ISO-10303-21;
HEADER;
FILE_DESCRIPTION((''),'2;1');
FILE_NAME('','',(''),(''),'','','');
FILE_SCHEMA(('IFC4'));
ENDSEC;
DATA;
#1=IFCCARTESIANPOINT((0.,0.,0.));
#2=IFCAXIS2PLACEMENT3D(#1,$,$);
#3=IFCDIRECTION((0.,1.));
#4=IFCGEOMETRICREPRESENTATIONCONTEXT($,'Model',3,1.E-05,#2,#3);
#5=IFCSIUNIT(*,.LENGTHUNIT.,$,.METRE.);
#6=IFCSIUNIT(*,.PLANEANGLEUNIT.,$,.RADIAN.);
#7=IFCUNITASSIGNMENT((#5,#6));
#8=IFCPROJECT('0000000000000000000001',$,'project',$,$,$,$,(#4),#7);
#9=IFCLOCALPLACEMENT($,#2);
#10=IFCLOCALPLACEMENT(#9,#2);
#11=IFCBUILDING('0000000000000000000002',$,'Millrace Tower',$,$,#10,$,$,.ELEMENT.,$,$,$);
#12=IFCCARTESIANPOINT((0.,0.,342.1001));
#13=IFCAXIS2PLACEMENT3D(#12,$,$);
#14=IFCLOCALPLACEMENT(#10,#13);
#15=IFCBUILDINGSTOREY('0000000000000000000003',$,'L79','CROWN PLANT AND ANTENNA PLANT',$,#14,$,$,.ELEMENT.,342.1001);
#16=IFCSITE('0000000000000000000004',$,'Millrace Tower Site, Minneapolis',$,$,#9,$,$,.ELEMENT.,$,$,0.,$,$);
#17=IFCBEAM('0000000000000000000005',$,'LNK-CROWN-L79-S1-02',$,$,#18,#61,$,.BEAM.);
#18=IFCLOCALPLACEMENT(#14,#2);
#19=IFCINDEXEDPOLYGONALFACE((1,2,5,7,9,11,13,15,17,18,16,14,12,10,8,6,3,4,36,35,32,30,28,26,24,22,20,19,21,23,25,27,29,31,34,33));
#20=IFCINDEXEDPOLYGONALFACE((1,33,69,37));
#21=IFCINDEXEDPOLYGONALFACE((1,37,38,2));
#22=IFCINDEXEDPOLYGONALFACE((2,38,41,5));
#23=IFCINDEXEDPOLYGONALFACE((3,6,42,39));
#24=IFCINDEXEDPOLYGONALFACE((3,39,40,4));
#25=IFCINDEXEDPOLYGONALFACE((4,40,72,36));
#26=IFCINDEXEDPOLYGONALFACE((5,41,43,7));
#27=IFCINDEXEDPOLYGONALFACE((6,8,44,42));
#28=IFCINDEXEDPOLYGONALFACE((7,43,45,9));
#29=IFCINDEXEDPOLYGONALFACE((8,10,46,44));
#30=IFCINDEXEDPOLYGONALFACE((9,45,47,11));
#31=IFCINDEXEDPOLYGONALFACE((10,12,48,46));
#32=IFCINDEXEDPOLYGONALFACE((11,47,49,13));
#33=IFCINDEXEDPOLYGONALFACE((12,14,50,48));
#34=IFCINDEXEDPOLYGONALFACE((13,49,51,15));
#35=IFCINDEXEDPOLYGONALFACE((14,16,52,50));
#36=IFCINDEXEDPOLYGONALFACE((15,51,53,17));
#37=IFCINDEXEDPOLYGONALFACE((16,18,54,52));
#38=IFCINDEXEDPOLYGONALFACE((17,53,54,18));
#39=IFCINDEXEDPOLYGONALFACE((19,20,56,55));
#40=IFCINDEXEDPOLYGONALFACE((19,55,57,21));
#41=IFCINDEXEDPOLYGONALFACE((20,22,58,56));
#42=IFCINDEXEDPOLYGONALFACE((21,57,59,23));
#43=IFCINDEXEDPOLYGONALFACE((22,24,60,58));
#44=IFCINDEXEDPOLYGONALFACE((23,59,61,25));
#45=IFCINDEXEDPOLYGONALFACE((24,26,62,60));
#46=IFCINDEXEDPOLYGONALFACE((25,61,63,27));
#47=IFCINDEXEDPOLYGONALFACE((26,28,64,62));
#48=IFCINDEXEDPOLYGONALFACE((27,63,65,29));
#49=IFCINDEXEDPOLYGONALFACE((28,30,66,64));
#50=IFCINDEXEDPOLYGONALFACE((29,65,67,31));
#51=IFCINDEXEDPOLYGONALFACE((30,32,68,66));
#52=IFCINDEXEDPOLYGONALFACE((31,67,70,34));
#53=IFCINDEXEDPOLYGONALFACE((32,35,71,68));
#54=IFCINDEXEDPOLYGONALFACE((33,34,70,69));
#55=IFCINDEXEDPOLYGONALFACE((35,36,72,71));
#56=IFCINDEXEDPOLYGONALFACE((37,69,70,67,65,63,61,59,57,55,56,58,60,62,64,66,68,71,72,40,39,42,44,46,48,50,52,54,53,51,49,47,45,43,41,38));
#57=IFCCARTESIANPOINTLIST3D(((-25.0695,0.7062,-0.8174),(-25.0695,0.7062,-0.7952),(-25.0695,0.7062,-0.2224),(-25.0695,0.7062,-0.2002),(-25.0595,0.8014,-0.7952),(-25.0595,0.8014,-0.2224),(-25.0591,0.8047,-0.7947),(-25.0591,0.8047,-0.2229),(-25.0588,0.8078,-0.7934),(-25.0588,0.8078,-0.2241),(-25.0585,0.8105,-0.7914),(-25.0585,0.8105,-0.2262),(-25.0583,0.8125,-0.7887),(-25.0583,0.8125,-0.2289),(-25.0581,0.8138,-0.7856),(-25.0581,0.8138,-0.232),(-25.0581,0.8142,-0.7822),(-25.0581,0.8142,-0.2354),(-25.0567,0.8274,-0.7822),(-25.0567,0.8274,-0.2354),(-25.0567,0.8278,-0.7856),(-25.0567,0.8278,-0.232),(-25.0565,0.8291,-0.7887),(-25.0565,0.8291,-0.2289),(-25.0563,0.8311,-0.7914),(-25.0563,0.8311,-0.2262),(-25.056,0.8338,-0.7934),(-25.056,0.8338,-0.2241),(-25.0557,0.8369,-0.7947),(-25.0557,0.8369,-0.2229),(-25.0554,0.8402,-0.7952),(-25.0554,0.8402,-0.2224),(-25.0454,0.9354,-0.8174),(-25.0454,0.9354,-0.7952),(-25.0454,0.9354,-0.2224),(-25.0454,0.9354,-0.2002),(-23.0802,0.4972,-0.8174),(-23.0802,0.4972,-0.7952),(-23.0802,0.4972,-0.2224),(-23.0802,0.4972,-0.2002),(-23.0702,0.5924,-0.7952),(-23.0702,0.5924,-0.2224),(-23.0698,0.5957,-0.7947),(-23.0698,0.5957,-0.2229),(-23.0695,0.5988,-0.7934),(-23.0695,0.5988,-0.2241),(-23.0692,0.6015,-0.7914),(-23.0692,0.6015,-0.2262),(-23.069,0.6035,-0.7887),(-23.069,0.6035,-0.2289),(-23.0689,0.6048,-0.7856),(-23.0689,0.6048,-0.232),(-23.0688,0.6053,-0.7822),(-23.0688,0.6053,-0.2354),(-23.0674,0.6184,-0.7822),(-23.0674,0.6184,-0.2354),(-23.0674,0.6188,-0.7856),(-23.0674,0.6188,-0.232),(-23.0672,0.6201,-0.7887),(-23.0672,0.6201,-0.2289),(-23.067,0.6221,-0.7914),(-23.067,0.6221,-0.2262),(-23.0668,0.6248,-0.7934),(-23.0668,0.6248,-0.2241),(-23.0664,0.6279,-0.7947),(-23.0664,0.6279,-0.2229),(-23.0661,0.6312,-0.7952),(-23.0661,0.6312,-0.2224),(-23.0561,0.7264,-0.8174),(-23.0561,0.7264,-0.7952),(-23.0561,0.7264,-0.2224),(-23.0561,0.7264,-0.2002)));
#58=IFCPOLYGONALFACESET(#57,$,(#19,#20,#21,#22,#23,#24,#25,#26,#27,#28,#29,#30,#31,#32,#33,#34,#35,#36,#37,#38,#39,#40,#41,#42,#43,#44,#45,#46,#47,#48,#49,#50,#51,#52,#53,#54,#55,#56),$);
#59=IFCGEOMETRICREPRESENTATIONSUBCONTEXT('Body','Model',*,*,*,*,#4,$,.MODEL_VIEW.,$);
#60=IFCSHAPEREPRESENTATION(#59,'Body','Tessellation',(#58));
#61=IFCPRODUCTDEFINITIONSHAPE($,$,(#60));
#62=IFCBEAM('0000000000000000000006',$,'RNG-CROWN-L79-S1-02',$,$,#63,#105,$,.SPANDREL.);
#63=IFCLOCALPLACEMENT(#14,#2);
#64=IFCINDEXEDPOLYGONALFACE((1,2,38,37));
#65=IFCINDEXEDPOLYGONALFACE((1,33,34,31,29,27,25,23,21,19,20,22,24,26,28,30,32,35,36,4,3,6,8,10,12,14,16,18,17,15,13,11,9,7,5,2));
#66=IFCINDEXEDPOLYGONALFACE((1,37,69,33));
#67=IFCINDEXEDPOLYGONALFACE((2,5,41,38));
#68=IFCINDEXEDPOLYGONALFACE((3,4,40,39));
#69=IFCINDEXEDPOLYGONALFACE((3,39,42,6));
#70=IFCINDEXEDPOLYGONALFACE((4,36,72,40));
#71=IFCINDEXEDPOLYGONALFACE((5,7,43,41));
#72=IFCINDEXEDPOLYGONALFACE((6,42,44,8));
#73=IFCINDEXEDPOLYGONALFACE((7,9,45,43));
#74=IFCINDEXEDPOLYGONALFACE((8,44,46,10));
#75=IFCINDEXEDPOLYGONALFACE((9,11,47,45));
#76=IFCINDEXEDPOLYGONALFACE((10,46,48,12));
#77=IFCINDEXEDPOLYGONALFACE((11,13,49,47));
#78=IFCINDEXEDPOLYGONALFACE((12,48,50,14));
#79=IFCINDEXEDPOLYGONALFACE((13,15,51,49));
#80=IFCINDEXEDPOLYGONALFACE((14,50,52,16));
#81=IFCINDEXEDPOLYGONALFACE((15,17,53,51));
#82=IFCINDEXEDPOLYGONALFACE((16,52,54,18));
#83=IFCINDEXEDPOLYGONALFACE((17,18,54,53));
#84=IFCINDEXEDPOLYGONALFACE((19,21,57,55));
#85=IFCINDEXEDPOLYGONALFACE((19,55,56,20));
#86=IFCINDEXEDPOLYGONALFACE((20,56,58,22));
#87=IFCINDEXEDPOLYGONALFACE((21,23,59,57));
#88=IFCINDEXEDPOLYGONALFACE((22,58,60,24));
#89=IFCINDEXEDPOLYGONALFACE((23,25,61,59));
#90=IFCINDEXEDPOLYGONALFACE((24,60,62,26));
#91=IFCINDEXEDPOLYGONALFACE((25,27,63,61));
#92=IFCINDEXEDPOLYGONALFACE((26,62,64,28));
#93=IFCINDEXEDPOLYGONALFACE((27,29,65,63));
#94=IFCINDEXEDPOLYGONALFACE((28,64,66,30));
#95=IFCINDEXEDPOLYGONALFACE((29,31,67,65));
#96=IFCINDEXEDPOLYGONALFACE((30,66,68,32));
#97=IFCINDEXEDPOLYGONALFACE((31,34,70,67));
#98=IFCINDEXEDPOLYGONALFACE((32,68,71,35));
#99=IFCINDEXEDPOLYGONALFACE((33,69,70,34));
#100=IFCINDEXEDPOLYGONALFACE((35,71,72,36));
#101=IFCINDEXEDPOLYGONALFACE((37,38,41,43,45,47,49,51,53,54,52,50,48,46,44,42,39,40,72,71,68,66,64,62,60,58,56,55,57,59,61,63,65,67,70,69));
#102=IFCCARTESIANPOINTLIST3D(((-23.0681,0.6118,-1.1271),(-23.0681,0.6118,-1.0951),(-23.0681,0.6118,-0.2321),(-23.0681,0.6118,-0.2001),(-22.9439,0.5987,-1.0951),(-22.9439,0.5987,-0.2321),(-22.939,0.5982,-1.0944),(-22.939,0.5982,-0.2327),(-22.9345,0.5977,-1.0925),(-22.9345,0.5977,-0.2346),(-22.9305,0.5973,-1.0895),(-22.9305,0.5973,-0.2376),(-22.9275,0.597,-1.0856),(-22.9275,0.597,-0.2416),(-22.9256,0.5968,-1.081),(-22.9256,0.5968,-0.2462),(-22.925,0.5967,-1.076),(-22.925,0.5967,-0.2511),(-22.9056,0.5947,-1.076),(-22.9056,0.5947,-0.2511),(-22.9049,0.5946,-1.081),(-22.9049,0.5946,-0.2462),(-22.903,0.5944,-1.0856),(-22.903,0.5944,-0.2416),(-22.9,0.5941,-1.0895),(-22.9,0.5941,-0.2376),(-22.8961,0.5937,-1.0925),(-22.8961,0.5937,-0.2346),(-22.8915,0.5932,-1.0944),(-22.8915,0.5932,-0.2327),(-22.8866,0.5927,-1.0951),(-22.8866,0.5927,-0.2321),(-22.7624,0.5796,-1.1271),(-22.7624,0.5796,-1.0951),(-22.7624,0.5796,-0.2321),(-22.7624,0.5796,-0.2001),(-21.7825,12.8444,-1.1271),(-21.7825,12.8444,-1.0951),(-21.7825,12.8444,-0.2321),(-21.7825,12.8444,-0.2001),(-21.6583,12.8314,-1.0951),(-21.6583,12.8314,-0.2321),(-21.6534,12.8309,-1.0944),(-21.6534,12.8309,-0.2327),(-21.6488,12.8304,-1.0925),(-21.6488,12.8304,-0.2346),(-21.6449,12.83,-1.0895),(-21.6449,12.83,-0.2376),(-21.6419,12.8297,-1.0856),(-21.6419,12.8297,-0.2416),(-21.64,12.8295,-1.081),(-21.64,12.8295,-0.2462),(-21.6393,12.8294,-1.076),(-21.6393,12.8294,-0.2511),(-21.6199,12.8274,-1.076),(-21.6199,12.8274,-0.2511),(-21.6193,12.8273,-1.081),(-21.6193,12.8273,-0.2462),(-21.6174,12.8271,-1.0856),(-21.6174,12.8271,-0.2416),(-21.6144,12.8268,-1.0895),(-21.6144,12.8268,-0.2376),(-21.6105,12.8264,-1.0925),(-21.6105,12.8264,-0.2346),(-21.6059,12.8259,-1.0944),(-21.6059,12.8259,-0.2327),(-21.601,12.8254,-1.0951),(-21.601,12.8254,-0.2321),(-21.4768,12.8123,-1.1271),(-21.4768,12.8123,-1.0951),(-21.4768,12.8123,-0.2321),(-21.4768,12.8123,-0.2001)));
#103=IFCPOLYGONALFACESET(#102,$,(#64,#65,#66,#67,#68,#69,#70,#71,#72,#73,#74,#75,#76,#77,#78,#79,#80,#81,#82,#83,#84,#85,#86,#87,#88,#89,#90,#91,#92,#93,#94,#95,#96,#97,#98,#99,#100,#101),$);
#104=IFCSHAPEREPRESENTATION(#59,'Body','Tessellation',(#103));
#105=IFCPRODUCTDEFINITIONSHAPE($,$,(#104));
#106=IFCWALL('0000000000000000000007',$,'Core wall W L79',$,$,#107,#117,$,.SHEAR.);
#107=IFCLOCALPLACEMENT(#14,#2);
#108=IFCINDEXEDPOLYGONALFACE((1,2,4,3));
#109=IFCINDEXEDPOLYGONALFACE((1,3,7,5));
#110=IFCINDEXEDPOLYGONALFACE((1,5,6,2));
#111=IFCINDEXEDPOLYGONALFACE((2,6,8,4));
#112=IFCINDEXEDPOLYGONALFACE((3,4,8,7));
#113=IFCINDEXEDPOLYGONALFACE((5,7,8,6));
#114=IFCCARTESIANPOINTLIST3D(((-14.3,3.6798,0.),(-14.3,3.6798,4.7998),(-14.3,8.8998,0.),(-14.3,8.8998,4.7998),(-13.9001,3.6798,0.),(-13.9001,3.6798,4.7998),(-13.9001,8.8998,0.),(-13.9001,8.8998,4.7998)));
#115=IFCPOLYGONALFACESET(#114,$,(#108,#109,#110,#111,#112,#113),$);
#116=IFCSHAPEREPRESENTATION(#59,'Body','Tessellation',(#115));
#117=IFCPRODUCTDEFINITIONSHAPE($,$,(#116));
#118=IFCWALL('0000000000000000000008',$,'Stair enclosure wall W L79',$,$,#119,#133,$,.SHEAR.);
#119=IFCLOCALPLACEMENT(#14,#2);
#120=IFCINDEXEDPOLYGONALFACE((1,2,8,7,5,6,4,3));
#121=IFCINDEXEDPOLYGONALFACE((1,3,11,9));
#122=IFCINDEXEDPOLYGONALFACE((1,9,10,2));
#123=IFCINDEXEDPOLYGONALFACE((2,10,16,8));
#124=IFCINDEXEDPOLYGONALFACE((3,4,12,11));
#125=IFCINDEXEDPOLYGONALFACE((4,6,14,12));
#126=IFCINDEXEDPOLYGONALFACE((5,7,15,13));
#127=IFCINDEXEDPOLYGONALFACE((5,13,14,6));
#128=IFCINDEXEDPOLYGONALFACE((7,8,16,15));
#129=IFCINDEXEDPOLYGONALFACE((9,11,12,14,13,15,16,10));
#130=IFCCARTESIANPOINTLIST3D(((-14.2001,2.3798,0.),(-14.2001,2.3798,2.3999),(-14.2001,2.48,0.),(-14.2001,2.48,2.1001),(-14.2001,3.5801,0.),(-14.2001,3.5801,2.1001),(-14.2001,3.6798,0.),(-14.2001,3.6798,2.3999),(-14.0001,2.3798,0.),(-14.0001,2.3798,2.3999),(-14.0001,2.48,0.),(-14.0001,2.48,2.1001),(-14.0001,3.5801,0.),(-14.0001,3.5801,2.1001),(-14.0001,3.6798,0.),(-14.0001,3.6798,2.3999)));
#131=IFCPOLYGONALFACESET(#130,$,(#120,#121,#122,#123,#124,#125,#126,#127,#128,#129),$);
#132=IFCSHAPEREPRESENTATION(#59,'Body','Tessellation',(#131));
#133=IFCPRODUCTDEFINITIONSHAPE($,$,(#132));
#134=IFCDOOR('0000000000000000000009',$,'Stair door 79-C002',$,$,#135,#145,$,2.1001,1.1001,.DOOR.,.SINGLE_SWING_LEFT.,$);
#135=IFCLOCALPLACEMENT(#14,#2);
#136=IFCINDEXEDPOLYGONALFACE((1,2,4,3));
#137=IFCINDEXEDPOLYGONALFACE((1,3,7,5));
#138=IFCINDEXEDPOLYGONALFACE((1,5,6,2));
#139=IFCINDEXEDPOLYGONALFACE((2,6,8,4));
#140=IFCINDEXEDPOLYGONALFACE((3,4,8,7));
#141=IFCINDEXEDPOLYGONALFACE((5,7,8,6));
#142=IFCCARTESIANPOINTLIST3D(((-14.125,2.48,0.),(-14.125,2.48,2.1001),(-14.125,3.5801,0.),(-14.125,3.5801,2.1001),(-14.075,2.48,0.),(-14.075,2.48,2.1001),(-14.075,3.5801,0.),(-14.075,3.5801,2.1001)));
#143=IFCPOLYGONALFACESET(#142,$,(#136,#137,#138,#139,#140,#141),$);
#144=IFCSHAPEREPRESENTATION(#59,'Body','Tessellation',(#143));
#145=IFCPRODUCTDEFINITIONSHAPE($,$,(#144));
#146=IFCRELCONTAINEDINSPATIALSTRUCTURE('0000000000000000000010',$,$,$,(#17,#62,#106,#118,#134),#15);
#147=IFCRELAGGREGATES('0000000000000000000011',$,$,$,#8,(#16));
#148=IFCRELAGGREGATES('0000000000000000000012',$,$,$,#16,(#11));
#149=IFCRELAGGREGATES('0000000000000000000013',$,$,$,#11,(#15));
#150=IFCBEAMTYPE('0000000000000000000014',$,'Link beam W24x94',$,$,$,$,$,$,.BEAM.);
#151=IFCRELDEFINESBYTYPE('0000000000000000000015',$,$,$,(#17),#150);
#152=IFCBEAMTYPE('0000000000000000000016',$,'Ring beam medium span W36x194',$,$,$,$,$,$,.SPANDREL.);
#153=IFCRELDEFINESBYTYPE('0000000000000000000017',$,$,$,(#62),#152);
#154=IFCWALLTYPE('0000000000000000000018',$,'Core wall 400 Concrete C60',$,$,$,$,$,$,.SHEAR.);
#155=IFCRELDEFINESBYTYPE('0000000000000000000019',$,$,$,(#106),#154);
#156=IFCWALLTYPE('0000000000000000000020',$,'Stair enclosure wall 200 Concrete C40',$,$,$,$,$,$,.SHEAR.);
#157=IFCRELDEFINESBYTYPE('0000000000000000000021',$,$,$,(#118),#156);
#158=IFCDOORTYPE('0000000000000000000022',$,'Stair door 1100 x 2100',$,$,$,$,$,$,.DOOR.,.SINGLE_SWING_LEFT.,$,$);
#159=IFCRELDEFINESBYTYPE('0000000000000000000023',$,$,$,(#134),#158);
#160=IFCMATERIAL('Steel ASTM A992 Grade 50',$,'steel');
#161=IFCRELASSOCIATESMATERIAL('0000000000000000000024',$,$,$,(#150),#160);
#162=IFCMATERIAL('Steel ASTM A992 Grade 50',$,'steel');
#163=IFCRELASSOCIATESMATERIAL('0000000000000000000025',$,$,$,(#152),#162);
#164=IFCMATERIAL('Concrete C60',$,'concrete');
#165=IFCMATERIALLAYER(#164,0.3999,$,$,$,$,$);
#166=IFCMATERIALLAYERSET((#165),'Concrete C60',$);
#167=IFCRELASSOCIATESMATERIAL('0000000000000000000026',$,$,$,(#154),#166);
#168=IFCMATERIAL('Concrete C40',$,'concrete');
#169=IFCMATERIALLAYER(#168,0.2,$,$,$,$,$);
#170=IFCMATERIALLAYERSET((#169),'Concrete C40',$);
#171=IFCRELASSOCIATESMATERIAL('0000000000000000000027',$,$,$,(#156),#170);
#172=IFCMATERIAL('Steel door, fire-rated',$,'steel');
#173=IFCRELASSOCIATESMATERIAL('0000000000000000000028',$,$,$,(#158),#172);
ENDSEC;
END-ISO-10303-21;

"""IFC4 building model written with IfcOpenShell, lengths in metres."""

from ifc_helpers import new_model, si_unit, direction, frame, frame_2d, origin, origin_2d, place, context, subcontext, project, spatial, rectangle, i_section, extrude, material, layer, layer_set, material_profile, profile_set, type_object, element, fill, save


model = new_model("IFC4")

# Units and contexts
model_context = context("Model", 3, precision=1e-05, world=origin(), true_north=direction((0.0, 1.0)))
body_context = subcontext(model_context, "Body", "Model", "MODEL_VIEW")
ifc_project = project(units=[si_unit("LENGTHUNIT", "METRE"), si_unit("PLANEANGLEUNIT", "RADIAN")], contexts=[model_context])

# Site, building, storey
site_placement = place(None, origin())
site = spatial("IfcSite", under=ifc_project, at=site_placement, Name="Millrace Tower Site, Minneapolis", CompositionType="ELEMENT", RefElevation=0.0)
building_placement = place(site_placement, origin())
building = spatial("IfcBuilding", under=site, at=building_placement, Name="Millrace Tower", CompositionType="ELEMENT")
storey_placement = place(building_placement, frame((0.0, 0.0, 342.1001)))
storey = spatial("IfcBuildingStorey", under=building, at=storey_placement, Name="L79", Description="CROWN PLANT AND ANTENNA PLANT", CompositionType="ELEMENT", Elevation=342.1001)

# Beams
ifc_material_1 = material(Name="Steel ASTM A992 Grade 50", Category="steel")
ifc_material_profile_1 = material_profile(ifc_material_1, i_section(OverallWidth=0.2305, OverallDepth=0.6172, WebThickness=0.0132, FlangeThickness=0.0222, FilletRadius=0.0129, at=origin_2d()))
ifc_profile_set_1 = profile_set([ifc_material_profile_1], Name="Steel ASTM A992 Grade 50")
beam_type_1 = type_object("IfcBeamType", Name="Link beam W24x94", PredefinedType="BEAM", material=ifc_profile_set_1)
beam_1_placement = place(storey_placement, frame((-23.0681, 0.6118, -0.5088), z_axis=(-0.994527, 0.104481, 0.0), x_axis=(-0.104481, -0.994527, 0.0)))
element("IfcBeam", 1, at=beam_1_placement, inside=storey, type_object=beam_type_1, Name="LNK-CROWN-L79-S1-02", PredefinedType="BEAM", context=body_context, shape_type="SweptSolid", body=[
    extrude(i_section(OverallWidth=0.2305, OverallDepth=0.6172, WebThickness=0.0132, FlangeThickness=0.0222, FilletRadius=0.0129, at=origin_2d()), origin(), (0.0, 0.0, 1.0), 2.0002),
])
ifc_material_2 = material(Name="Steel ASTM A992 Grade 50", Category="steel")
ifc_material_profile_2 = material_profile(ifc_material_2, i_section(OverallWidth=0.3074, OverallDepth=0.927, WebThickness=0.0195, FlangeThickness=0.032, FilletRadius=0.019, at=origin_2d()))
ifc_profile_set_2 = profile_set([ifc_material_profile_2], Name="Steel ASTM A992 Grade 50")
beam_type_2 = type_object("IfcBeamType", Name="Ring beam medium span W36x194", PredefinedType="SPANDREL", material=ifc_profile_set_2)
beam_2_placement = place(storey_placement, frame((-22.9153, 0.5957, -0.6636), z_axis=(0.104524, 0.994522, 0.0), x_axis=(-0.994522, 0.104524, 0.0)))
element("IfcBeam", 2, at=beam_2_placement, inside=storey, type_object=beam_type_2, Name="RNG-CROWN-L79-S1-02", PredefinedType="SPANDREL", context=body_context, shape_type="SweptSolid", body=[
    extrude(i_section(OverallWidth=0.3074, OverallDepth=0.927, WebThickness=0.0195, FlangeThickness=0.032, FilletRadius=0.019, at=origin_2d()), origin(), (0.0, 0.0, 1.0), 12.3),
])

# Wall
ifc_material_3 = material(Name="Concrete C60", Category="concrete")
ifc_layer_1 = layer(ifc_material_3, 0.3999)
ifc_layer_set_1 = layer_set([ifc_layer_1], Name="Concrete C60")
wall_type_1 = type_object("IfcWallType", Name="Core wall 400 Concrete C60", PredefinedType="SHEAR", material=ifc_layer_set_1)
wall_1_placement = place(storey_placement, frame((-14.1001, 3.6799, 0.0), z_axis=(0.0, 0.0, 1.0), x_axis=(0.0, 1.0, 0.0)))
element("IfcWall", 3, at=wall_1_placement, inside=storey, type_object=wall_type_1, Name="Core wall W L79", PredefinedType="SHEAR", context=body_context, shape_type="SweptSolid", body=[
    extrude(rectangle(XDim=5.22, YDim=0.3999, at=frame_2d((2.6099, 0.0))), origin(), (0.0, 0.0, 1.0), 4.7998),
])

# Wall, opening, door
ifc_material_4 = material(Name="Concrete C40", Category="concrete")
ifc_layer_2 = layer(ifc_material_4, 0.2)
ifc_layer_set_2 = layer_set([ifc_layer_2], Name="Concrete C40")
wall_type_2 = type_object("IfcWallType", Name="Stair enclosure wall 200 Concrete C40", PredefinedType="SHEAR", material=ifc_layer_set_2)
wall_2_placement = place(storey_placement, frame((-14.1001, 2.3799, 0.0), z_axis=(0.0, 0.0, 1.0), x_axis=(0.0, 1.0, 0.0)))
wall_2 = element("IfcWall", 4, at=wall_2_placement, inside=storey, type_object=wall_type_2, Name="Stair enclosure wall W L79", PredefinedType="SHEAR", context=body_context, shape_type="SweptSolid", body=[
    extrude(rectangle(XDim=1.3, YDim=0.2, at=frame_2d((0.6499, 0.0))), origin(), (0.0, 0.0, 1.0), 2.3999),
])
opening_1_placement = place(wall_2_placement, frame((0.1001, 0.0, 0.0)))
opening_1 = element("IfcOpeningElement", 5, at=opening_1_placement, cuts=wall_2, PredefinedType="OPENING", context=body_context, shape_type="SweptSolid", body=[
    extrude(rectangle(XDim=1.1001, YDim=2.1001, at=frame_2d((0.55, 1.05))), frame((0.0, 0.1099, 0.0), z_axis=(0.0, -1.0, 0.0), x_axis=(1.0, 0.0, 0.0)), (0.0, 0.0, 1.0), 0.22),
])
ifc_material_5 = material(Name="Steel door, fire-rated", Category="steel")
door_type_1 = type_object("IfcDoorType", Name="Stair door 1100 x 2100", OperationType="SINGLE_SWING_LEFT", PredefinedType="DOOR", material=ifc_material_5)
door_1_placement = place(opening_1_placement, origin())
door_1 = element("IfcDoor", 6, at=door_1_placement, inside=storey, type_object=door_type_1, Name="Stair door 79-C002", OperationType="SINGLE_SWING_LEFT", OverallHeight=2.1001, OverallWidth=1.1001, PredefinedType="DOOR", context=body_context, shape_type="SweptSolid", body=[
    extrude(rectangle(XDim=1.1001, YDim=2.1001, at=frame_2d((0.55, 1.05))), frame((0.0, 0.0249, 0.0), z_axis=(0.0, -1.0, 0.0), x_axis=(1.0, 0.0, 0.0)), (0.0, 0.0, 1.0), 0.05),
])
fill(opening_1, door_1)

save(model, "model.ifc")
